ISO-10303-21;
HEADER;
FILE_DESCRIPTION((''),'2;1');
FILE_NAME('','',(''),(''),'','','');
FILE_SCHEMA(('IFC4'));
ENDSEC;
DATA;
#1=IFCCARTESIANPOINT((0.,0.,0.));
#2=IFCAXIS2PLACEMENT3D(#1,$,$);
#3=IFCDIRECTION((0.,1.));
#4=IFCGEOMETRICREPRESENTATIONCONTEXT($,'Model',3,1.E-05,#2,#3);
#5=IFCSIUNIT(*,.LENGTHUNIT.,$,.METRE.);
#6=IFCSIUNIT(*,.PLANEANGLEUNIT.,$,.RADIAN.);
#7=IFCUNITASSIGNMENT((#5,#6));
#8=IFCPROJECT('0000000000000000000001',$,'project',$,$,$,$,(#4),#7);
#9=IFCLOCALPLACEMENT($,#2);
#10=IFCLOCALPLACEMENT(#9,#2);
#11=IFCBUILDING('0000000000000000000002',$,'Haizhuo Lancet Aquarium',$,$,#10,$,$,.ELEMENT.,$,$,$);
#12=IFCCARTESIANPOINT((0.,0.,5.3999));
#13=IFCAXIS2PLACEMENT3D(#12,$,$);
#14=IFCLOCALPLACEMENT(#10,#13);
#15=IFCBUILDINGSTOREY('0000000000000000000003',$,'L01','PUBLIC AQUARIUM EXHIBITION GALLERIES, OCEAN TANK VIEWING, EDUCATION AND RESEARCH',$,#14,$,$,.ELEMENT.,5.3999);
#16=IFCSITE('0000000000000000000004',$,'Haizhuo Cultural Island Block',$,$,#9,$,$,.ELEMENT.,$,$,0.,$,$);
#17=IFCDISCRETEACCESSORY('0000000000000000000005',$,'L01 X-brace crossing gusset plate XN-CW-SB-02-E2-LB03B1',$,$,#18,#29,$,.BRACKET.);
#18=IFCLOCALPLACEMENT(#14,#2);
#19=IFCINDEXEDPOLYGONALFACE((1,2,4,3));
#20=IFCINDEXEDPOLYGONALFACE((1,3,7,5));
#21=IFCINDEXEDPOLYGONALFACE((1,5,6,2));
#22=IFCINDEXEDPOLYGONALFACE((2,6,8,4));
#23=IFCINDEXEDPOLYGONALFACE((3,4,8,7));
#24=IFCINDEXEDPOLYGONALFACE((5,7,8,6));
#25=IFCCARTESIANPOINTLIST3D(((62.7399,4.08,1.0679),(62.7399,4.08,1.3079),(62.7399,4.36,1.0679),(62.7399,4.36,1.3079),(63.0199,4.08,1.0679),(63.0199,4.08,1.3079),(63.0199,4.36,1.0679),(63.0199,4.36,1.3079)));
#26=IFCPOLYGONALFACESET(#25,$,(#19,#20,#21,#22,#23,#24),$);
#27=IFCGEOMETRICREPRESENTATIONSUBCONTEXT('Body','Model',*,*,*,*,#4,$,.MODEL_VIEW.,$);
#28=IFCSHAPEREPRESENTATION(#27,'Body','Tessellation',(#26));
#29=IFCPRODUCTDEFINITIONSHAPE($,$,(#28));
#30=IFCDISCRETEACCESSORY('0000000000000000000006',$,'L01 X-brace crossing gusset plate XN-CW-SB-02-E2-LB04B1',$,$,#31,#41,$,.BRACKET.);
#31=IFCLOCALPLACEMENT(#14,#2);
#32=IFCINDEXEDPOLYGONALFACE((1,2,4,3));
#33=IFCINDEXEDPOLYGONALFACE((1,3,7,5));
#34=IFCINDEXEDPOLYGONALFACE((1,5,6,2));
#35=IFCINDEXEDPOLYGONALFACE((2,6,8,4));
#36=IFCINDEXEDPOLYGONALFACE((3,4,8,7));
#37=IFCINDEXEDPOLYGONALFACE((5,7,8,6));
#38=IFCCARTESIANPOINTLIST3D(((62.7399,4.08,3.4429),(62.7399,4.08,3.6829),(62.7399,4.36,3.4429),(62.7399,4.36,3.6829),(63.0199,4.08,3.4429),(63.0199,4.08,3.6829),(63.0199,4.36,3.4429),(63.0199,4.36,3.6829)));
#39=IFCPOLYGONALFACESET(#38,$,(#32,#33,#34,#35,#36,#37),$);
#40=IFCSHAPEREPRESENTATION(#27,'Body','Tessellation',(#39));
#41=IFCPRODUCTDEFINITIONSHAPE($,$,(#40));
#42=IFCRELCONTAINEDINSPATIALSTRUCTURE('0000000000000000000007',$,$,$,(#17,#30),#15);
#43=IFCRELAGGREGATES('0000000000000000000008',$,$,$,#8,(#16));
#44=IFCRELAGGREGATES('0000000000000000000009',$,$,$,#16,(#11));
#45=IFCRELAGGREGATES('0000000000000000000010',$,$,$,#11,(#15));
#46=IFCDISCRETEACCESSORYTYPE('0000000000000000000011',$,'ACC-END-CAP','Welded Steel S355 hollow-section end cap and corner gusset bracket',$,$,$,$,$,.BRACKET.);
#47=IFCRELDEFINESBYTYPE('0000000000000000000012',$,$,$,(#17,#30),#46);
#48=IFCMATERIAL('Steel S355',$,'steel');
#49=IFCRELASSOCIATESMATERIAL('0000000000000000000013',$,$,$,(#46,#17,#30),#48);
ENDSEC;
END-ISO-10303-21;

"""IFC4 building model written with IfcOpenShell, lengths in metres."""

from ifc_helpers import new_model, si_unit, direction, frame, origin, origin_2d, place, context, subcontext, project, spatial, rectangle, extrude, material, type_object, element, save


model = new_model("IFC4")

# Units and contexts
model_context = context("Model", 3, precision=1e-05, world=origin(), true_north=direction((0.0, 1.0)))
body_context = subcontext(model_context, "Body", "Model", "MODEL_VIEW")
ifc_project = project(units=[si_unit("LENGTHUNIT", "METRE"), si_unit("PLANEANGLEUNIT", "RADIAN")], contexts=[model_context])

# Site, building, storey
site_placement = place(None, origin())
site = spatial("IfcSite", under=ifc_project, at=site_placement, Name="Haizhuo Cultural Island Block", CompositionType="ELEMENT", RefElevation=0.0)
building_placement = place(site_placement, origin())
building = spatial("IfcBuilding", under=site, at=building_placement, Name="Haizhuo Lancet Aquarium", CompositionType="ELEMENT")
storey_placement = place(building_placement, frame((0.0, 0.0, 5.3999)))
storey = spatial("IfcBuildingStorey", under=building, at=storey_placement, Name="L01", Description="PUBLIC AQUARIUM EXHIBITION GALLERIES, OCEAN TANK VIEWING, EDUCATION AND RESEARCH", CompositionType="ELEMENT", Elevation=5.3999)

# Shared definitions
ifc_material_1 = material(Name="Steel S355", Category="steel")

# Discrete accessories
discrete_accessory_type = type_object("IfcDiscreteAccessoryType", Name="ACC-END-CAP", Description="Welded Steel S355 hollow-section end cap and corner gusset bracket", PredefinedType="BRACKET", material=ifc_material_1)
for number, where, z_axis, x_axis, name in (
    (1, (62.8799, 4.22, 1.0679), (0.0, 0.0, 1.0), (1.0, 0.0, 0.0), "L01 X-brace crossing gusset plate XN-CW-SB-02-E2-LB03B1"),
    (2, (62.8799, 4.22, 3.4429), (0.0, 0.0, 1.0), (1.0, 0.0, 0.0), "L01 X-brace crossing gusset plate XN-CW-SB-02-E2-LB04B1"),
):
    element("IfcDiscreteAccessory", number, at=place(storey_placement, frame(where, z_axis=z_axis, x_axis=x_axis)), inside=storey, type_object=discrete_accessory_type, material=ifc_material_1, Name=name, PredefinedType="BRACKET", context=body_context, shape_type="SweptSolid", body=[
        extrude(rectangle(XDim=0.28, YDim=0.28, at=origin_2d()), origin(), (0.0, 0.0, 1.0), 0.24),
    ])

save(model, "model.ifc")
